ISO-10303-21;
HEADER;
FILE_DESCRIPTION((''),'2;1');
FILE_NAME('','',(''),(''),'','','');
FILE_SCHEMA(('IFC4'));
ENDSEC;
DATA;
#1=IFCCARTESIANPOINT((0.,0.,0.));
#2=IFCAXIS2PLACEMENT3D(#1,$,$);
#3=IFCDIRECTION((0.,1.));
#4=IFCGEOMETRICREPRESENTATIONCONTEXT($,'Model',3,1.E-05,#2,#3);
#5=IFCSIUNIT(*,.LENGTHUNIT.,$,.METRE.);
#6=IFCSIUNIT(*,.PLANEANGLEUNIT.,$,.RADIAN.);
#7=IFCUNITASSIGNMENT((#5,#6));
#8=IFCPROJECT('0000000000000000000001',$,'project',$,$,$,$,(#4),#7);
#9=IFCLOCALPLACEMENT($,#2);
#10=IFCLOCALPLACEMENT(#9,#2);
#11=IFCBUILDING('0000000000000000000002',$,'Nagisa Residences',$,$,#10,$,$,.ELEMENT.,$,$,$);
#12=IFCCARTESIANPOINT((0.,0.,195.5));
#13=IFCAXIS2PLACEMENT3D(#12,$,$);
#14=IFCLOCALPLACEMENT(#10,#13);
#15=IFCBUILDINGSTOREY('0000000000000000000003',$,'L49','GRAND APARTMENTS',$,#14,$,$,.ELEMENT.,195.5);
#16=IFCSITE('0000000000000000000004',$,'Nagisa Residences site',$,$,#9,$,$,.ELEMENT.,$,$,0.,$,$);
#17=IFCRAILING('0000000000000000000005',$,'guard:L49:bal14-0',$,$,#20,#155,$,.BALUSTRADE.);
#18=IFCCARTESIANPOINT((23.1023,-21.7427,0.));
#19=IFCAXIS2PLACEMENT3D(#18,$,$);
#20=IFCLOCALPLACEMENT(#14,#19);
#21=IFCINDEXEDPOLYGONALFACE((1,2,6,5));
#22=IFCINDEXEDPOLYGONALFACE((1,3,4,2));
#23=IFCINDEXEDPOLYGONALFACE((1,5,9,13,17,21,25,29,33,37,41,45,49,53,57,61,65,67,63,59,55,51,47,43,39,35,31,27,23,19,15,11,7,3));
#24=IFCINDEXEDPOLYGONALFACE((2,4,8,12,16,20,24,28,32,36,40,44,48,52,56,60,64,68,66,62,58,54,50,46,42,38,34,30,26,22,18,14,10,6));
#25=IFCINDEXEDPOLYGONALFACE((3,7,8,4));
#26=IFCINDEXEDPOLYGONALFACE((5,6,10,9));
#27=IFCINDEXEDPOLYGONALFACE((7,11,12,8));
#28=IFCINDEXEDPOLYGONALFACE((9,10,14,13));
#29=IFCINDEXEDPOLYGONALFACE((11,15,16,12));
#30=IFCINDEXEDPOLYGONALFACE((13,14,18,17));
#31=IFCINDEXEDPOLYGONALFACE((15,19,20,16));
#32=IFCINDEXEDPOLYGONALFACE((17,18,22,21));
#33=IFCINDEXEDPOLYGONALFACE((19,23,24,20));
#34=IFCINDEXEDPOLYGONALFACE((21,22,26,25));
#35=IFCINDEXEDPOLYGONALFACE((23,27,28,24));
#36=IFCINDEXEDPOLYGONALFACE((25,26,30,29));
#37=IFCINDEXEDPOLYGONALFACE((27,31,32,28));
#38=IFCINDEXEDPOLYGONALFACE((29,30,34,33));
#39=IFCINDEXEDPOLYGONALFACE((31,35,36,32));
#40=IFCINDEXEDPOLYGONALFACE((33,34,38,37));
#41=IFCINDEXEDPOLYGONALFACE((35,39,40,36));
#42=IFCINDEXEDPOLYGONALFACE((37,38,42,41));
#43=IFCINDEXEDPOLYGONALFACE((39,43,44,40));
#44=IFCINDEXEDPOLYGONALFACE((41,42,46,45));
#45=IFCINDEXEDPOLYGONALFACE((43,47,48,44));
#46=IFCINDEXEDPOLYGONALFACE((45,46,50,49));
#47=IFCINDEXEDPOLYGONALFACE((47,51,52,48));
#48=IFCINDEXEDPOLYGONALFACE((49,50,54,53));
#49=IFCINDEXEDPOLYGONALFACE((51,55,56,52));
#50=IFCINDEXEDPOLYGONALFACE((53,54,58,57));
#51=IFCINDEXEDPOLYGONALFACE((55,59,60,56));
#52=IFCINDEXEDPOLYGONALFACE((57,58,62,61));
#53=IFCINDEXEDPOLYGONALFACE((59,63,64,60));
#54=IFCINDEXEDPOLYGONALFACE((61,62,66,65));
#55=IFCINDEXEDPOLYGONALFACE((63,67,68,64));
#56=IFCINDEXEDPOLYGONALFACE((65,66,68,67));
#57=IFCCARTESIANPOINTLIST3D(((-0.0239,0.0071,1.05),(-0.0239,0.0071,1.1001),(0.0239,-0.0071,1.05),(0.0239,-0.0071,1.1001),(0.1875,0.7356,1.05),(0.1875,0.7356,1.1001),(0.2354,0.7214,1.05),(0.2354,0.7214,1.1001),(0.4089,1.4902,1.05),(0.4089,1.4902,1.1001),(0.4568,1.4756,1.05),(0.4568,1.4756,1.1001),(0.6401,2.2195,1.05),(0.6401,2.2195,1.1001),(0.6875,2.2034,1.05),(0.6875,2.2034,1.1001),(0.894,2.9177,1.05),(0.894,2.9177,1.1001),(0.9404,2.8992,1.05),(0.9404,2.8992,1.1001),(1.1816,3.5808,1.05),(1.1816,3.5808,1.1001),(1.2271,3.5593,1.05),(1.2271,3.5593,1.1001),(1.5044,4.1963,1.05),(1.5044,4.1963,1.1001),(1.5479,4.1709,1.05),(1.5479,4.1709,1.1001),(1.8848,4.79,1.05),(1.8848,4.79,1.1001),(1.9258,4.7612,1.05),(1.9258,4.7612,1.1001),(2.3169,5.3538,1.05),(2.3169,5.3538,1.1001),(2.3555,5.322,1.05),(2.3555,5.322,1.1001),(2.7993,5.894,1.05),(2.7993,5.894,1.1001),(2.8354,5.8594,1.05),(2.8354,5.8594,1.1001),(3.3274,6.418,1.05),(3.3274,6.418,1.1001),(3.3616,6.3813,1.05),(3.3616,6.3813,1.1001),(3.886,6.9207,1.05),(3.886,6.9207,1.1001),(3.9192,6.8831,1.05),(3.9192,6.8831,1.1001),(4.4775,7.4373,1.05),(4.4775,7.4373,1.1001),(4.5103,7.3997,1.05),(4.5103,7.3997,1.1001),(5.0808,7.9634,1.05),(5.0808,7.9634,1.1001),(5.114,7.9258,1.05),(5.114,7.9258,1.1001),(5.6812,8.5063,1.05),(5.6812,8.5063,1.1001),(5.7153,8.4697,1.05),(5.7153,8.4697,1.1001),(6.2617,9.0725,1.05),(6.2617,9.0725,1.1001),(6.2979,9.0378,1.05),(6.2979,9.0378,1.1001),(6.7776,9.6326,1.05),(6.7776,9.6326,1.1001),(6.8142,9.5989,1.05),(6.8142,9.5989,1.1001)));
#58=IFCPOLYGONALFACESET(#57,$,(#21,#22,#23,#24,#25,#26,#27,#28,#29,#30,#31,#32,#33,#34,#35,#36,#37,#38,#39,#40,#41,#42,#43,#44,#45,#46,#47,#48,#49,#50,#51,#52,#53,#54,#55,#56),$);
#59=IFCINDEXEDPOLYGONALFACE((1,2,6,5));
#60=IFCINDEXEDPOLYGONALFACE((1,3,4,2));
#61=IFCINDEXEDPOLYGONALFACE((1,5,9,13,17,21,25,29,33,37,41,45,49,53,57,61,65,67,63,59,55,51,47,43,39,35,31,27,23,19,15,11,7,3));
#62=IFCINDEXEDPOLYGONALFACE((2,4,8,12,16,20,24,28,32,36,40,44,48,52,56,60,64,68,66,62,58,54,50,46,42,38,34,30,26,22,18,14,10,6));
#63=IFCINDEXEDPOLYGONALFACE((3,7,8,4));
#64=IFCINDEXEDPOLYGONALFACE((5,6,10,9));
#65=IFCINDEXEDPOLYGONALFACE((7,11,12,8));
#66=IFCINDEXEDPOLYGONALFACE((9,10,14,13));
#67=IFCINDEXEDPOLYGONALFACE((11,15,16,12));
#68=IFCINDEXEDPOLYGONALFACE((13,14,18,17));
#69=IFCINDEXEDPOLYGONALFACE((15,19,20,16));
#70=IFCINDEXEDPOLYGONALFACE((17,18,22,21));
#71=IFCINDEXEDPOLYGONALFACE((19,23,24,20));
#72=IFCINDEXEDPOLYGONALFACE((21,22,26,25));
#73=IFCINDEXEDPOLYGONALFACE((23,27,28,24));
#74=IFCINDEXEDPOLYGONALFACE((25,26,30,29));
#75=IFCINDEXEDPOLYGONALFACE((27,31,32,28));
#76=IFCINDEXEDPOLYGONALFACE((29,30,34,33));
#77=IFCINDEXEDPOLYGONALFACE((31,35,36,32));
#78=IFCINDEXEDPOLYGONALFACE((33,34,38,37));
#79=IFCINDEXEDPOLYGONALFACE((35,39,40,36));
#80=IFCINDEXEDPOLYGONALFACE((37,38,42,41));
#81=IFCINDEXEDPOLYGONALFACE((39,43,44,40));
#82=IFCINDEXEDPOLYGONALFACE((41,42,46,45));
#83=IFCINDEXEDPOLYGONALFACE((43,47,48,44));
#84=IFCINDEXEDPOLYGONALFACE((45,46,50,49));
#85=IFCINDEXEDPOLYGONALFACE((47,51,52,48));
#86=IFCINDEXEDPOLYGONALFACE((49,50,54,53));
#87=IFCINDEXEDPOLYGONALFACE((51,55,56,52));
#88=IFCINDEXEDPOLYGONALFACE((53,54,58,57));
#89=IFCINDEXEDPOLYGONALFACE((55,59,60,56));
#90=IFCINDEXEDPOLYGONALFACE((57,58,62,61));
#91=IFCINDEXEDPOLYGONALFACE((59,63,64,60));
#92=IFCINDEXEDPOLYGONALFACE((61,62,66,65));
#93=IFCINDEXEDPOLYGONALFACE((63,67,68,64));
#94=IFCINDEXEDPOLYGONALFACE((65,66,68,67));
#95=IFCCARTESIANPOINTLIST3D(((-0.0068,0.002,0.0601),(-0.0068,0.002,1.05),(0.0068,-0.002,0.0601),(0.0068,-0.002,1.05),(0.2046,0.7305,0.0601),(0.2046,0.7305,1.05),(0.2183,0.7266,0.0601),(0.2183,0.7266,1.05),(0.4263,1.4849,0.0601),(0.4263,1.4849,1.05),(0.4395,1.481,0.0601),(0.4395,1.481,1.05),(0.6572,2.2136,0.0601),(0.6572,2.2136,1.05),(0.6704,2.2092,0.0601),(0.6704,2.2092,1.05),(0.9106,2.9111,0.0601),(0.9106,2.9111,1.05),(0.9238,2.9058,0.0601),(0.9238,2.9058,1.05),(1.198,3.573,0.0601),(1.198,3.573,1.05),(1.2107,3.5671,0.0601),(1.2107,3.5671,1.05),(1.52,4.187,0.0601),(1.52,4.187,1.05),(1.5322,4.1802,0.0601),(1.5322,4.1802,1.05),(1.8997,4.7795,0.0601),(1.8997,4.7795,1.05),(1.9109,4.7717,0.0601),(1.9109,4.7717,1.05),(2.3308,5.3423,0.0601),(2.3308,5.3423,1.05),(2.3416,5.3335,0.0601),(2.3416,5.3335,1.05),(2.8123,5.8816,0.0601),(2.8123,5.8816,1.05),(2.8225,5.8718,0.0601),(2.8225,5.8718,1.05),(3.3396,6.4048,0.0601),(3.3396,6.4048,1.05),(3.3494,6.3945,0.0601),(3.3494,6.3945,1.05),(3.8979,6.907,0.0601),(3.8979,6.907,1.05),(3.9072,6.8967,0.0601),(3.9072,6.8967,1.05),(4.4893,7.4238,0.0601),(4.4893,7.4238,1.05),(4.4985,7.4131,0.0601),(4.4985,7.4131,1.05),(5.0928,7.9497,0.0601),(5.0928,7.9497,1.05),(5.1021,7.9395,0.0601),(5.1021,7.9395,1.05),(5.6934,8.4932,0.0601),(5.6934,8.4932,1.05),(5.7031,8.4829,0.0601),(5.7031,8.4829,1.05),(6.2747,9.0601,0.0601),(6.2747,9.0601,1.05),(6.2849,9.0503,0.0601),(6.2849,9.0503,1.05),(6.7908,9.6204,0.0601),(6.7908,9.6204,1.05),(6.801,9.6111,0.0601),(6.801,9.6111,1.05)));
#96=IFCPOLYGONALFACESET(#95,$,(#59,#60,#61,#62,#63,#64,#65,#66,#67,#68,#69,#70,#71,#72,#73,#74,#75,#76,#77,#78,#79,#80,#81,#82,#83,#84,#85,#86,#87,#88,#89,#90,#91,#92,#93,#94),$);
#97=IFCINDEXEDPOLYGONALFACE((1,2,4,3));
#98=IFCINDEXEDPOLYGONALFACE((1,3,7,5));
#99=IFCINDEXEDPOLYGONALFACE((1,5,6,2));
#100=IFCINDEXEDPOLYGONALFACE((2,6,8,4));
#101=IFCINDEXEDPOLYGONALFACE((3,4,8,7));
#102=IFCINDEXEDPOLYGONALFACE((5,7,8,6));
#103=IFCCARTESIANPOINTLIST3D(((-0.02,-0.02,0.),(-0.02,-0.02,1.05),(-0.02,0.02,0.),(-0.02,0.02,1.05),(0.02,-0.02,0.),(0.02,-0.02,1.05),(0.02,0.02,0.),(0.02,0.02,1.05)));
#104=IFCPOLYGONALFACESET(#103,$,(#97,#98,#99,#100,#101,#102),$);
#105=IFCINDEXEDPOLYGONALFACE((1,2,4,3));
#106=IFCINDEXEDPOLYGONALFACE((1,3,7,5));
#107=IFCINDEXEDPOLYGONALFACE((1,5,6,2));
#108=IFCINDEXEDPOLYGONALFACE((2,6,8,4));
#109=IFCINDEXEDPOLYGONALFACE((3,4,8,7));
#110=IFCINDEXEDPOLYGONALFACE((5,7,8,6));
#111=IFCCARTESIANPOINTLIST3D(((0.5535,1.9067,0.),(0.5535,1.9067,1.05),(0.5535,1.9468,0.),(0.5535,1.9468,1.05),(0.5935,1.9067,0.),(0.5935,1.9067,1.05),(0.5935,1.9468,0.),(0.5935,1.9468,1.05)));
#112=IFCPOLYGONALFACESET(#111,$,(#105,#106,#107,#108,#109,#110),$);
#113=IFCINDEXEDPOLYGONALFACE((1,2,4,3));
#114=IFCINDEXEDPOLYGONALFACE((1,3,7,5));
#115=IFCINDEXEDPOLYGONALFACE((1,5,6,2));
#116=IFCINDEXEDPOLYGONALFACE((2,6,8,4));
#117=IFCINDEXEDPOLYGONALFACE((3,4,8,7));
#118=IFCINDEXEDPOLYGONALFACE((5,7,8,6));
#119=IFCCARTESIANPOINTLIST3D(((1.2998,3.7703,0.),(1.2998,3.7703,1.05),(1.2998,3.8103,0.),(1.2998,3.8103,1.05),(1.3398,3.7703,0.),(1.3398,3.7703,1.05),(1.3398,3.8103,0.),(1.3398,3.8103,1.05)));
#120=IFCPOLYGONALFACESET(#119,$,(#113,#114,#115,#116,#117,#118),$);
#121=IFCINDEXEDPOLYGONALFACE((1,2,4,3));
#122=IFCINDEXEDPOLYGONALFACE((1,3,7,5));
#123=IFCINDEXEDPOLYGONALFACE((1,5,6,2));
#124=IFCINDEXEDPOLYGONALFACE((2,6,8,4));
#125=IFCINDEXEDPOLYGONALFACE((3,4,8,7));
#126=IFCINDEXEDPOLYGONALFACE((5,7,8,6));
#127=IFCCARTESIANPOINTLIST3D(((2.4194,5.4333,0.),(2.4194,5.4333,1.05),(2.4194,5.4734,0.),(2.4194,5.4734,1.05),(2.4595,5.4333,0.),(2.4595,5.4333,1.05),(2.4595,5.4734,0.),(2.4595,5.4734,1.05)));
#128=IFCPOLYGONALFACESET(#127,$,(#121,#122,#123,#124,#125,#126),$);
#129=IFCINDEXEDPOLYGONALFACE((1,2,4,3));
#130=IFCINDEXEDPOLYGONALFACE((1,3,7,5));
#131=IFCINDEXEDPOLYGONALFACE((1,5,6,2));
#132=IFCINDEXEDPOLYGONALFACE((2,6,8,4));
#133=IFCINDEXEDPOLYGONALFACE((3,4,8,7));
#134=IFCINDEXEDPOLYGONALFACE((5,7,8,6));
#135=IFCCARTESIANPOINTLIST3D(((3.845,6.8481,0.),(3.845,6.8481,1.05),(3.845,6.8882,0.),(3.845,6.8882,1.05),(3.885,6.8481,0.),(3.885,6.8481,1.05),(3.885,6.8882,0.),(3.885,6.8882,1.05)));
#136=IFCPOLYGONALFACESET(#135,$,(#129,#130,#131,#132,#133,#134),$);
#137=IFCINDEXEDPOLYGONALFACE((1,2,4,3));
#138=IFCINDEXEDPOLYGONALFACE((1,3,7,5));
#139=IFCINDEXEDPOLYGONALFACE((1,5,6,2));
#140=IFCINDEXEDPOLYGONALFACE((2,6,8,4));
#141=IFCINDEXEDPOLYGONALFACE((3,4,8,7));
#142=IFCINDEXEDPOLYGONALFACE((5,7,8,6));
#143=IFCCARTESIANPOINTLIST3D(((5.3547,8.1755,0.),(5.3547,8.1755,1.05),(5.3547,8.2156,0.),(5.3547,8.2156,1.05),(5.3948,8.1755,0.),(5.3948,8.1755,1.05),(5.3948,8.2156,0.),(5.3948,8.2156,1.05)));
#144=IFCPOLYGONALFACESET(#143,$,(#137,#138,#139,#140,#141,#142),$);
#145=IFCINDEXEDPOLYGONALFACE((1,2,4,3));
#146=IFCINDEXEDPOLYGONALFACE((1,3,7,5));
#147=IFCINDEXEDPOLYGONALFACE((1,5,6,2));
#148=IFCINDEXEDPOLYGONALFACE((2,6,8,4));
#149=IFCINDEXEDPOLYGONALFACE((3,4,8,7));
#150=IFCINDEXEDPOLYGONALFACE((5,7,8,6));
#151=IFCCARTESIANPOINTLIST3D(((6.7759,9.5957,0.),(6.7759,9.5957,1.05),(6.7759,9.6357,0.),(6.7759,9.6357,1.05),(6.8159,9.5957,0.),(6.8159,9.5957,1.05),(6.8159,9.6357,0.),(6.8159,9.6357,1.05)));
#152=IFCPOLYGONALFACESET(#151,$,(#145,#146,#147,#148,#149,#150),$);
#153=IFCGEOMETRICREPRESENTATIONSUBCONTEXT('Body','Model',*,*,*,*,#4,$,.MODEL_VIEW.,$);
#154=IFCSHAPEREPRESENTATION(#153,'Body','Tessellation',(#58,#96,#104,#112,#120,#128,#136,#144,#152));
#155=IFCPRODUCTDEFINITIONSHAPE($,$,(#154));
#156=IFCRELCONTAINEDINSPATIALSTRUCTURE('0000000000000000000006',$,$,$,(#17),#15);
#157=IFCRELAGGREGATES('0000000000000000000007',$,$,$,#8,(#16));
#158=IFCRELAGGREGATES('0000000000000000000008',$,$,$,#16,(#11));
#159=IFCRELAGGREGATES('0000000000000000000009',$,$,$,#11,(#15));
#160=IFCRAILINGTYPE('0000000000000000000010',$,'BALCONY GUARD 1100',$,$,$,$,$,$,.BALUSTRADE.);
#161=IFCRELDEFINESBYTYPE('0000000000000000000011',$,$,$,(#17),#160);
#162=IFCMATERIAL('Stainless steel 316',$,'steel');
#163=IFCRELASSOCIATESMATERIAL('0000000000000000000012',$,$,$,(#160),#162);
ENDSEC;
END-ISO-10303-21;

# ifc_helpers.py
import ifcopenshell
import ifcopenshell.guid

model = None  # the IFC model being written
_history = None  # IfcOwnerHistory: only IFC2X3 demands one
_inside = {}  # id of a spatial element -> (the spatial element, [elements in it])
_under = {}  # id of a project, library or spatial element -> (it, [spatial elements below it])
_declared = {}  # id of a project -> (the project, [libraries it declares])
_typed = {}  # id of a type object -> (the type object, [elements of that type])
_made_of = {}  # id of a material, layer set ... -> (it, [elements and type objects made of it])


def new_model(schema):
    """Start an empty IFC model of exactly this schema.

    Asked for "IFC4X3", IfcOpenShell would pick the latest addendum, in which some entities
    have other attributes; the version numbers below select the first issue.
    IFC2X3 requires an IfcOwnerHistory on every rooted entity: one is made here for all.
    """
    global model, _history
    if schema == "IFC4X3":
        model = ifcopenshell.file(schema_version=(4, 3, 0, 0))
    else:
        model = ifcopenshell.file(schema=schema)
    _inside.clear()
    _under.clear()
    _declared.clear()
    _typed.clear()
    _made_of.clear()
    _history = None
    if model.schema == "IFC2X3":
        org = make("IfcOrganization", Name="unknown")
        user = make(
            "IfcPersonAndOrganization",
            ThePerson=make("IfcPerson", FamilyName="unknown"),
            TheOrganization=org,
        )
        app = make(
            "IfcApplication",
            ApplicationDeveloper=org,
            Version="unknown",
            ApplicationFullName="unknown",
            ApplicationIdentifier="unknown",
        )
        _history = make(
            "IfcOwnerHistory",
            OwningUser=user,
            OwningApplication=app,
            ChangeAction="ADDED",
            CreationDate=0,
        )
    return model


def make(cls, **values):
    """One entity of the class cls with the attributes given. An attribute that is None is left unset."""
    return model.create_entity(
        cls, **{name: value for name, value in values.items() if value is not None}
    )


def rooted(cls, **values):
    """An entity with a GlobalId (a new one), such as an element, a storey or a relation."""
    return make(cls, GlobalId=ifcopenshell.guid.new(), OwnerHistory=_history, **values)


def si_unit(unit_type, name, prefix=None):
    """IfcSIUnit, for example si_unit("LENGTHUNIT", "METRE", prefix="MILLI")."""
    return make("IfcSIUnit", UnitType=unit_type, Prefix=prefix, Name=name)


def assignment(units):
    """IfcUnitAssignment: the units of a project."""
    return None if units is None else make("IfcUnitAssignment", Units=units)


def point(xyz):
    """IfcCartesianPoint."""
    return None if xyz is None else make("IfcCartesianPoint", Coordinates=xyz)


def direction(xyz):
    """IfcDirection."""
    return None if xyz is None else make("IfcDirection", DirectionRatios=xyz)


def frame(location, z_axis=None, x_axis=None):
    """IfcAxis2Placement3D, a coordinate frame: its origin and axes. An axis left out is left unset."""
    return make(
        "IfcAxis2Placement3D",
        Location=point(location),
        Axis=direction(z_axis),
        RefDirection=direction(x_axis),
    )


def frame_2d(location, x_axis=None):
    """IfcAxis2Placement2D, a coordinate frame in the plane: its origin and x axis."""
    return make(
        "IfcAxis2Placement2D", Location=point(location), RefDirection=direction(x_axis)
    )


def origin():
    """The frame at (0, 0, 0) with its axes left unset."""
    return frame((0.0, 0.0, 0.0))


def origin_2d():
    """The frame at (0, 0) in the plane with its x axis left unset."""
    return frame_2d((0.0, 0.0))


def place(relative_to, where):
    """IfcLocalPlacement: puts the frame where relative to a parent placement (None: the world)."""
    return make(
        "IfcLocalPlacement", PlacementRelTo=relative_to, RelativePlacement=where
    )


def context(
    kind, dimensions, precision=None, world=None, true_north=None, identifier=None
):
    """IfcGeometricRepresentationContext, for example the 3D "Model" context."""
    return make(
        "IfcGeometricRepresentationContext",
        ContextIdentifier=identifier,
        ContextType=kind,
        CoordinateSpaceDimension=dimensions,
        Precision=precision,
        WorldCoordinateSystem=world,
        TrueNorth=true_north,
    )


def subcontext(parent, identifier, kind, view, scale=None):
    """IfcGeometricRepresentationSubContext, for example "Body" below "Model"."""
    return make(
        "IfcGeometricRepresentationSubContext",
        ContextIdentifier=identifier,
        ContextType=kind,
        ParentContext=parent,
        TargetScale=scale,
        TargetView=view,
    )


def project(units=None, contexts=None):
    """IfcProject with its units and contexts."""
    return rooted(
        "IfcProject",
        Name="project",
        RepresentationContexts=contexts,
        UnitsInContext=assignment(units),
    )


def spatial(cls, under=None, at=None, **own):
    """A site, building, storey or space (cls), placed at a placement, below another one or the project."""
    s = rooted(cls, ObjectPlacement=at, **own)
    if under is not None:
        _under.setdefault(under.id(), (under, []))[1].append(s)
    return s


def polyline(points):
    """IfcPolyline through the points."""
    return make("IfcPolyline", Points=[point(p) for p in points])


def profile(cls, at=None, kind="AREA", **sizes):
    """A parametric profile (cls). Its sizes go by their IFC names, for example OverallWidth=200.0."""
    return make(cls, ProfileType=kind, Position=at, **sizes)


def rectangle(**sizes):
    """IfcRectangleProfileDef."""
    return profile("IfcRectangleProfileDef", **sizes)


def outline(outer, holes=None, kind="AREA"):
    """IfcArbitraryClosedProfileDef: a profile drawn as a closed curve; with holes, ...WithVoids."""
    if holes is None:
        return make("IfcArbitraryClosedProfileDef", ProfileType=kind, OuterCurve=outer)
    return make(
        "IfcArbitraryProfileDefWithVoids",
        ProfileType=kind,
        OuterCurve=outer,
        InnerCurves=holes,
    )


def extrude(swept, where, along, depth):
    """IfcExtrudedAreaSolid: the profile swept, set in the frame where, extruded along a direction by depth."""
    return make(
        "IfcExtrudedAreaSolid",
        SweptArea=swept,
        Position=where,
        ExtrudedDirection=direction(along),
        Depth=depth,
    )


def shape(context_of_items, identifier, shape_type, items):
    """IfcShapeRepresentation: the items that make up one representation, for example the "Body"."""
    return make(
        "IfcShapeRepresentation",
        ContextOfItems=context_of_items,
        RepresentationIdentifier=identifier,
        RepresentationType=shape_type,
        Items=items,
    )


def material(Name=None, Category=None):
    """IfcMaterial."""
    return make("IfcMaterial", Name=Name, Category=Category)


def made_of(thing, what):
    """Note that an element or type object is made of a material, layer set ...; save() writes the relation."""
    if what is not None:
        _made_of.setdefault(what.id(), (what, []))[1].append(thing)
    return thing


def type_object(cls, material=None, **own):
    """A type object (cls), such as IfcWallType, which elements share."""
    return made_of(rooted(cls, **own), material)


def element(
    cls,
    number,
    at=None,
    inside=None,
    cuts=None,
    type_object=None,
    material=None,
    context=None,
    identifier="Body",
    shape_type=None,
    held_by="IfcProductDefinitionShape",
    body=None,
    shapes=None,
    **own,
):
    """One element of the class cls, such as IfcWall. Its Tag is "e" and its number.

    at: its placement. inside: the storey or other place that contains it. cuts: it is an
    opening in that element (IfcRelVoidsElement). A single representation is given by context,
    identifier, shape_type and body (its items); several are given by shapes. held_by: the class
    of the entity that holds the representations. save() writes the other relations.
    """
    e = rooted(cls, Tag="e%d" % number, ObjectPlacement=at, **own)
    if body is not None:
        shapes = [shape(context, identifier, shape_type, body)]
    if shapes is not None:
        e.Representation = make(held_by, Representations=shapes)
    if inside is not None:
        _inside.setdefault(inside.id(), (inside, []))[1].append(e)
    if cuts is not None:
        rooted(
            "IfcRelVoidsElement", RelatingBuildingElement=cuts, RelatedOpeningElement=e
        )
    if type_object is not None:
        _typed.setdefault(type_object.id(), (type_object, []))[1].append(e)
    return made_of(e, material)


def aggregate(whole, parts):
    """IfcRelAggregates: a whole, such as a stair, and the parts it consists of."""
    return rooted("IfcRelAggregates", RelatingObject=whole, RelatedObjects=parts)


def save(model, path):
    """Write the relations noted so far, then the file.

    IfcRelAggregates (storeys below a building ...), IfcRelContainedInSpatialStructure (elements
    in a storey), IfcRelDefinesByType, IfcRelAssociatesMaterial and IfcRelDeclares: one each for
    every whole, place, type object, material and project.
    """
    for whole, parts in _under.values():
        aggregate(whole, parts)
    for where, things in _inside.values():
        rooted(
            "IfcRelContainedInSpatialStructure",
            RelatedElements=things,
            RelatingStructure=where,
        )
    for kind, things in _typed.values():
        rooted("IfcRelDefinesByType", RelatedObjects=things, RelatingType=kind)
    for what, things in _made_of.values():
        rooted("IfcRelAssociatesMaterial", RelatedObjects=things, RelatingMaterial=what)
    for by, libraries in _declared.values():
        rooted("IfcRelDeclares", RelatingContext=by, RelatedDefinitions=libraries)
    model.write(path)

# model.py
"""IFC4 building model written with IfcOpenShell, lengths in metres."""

from ifc_helpers import new_model, si_unit, direction, frame, origin, origin_2d, place, context, subcontext, project, spatial, polyline, rectangle, outline, extrude, material, type_object, element, save


model = new_model("IFC4")

# Units and contexts
model_context = context("Model", 3, precision=1e-05, world=origin(), true_north=direction((0.0, 1.0)))
body_context = subcontext(model_context, "Body", "Model", "MODEL_VIEW")
ifc_project = project(units=[si_unit("LENGTHUNIT", "METRE"), si_unit("PLANEANGLEUNIT", "RADIAN")], contexts=[model_context])

# Site, building, storey
site_placement = place(None, origin())
site = spatial("IfcSite", under=ifc_project, at=site_placement, Name="Nagisa Residences site", CompositionType="ELEMENT", RefElevation=0.0)
building_placement = place(site_placement, origin())
building = spatial("IfcBuilding", under=site, at=building_placement, Name="Nagisa Residences", CompositionType="ELEMENT")
storey_placement = place(building_placement, frame((0.0, 0.0, 195.5)))
storey = spatial("IfcBuildingStorey", under=building, at=storey_placement, Name="L49", Description="GRAND APARTMENTS", CompositionType="ELEMENT", Elevation=195.5)

# Railing
ifc_material_1 = material(Name="Stainless steel 316", Category="steel")
railing_type = type_object("IfcRailingType", Name="BALCONY GUARD 1100", PredefinedType="BALUSTRADE", material=ifc_material_1)
railing_1_placement = place(storey_placement, frame((23.1023, -21.7427, 0.0)))
element("IfcRailing", 1, at=railing_1_placement, inside=storey, type_object=railing_type, Name="guard:L49:bal14-0", PredefinedType="BALUSTRADE", context=body_context, shape_type="SweptSolid", body=[
    extrude(outline(polyline([(0.1875, 0.7356), (-0.0239, 0.0071), (0.0239, -0.0071), (0.2354, 0.7214), (0.4568, 1.4756), (0.6875, 2.2034), (0.9404, 2.8992), (1.2271, 3.5593), (1.5479, 4.1709), (1.9258, 4.7612), (2.3555, 5.322), (2.8354, 5.8594), (3.3616, 6.3813), (3.9192, 6.8831), (4.5103, 7.3997), (5.114, 7.9258), (5.7153, 8.4697), (6.2979, 9.0378), (6.8142, 9.5989), (6.7776, 9.6326), (6.2617, 9.0725), (5.6812, 8.5063), (5.0808, 7.9634), (4.4775, 7.4373), (3.886, 6.9207), (3.3274, 6.418), (2.7993, 5.894), (2.3169, 5.3538), (1.8848, 4.79), (1.5044, 4.1963), (1.1816, 3.5808), (0.894, 2.9177), (0.6401, 2.2195), (0.4089, 1.4902), (0.1875, 0.7356)])), frame((0.0, 0.0, 1.05)), (0.0, 0.0, 1.0), 0.05),
    extrude(outline(polyline([(0.2046, 0.7305), (-0.0068, 0.002), (0.0068, -0.002), (0.2183, 0.7266), (0.4395, 1.481), (0.6704, 2.2092), (0.9238, 2.9058), (1.2107, 3.5671), (1.5322, 4.1802), (1.9109, 4.7717), (2.3416, 5.3335), (2.8225, 5.8718), (3.3494, 6.3945), (3.9072, 6.8967), (4.4985, 7.4131), (5.1021, 7.9395), (5.7031, 8.4829), (6.2849, 9.0503), (6.801, 9.6111), (6.7908, 9.6204), (6.2747, 9.0601), (5.6934, 8.4932), (5.0928, 7.9497), (4.4893, 7.4238), (3.8979, 6.907), (3.3396, 6.4048), (2.8123, 5.8816), (2.3308, 5.3423), (1.8997, 4.7795), (1.52, 4.187), (1.198, 3.573), (0.9106, 2.9111), (0.6572, 2.2136), (0.4263, 1.4849), (0.2046, 0.7305)])), frame((0.0, 0.0, 0.0601)), (0.0, 0.0, 1.0), 0.99),
    extrude(rectangle(XDim=0.04, YDim=0.04, at=origin_2d()), origin(), (0.0, 0.0, 1.0), 1.05),
    extrude(rectangle(XDim=0.04, YDim=0.04, at=origin_2d()), frame((0.5735, 1.9268, 0.0)), (0.0, 0.0, 1.0), 1.05),
    extrude(rectangle(XDim=0.04, YDim=0.04, at=origin_2d()), frame((1.3198, 3.7903, 0.0)), (0.0, 0.0, 1.0), 1.05),
    extrude(rectangle(XDim=0.04, YDim=0.04, at=origin_2d()), frame((2.4395, 5.4534, 0.0)), (0.0, 0.0, 1.0), 1.05),
    extrude(rectangle(XDim=0.04, YDim=0.04, at=origin_2d()), frame((3.865, 6.8682, 0.0)), (0.0, 0.0, 1.0), 1.05),
    extrude(rectangle(XDim=0.04, YDim=0.04, at=origin_2d()), frame((5.3748, 8.1956, 0.0)), (0.0, 0.0, 1.0), 1.05),
    extrude(rectangle(XDim=0.04, YDim=0.04, at=origin_2d()), frame((6.7959, 9.6157, 0.0)), (0.0, 0.0, 1.0), 1.05),
])

save(model, "model.ifc")
